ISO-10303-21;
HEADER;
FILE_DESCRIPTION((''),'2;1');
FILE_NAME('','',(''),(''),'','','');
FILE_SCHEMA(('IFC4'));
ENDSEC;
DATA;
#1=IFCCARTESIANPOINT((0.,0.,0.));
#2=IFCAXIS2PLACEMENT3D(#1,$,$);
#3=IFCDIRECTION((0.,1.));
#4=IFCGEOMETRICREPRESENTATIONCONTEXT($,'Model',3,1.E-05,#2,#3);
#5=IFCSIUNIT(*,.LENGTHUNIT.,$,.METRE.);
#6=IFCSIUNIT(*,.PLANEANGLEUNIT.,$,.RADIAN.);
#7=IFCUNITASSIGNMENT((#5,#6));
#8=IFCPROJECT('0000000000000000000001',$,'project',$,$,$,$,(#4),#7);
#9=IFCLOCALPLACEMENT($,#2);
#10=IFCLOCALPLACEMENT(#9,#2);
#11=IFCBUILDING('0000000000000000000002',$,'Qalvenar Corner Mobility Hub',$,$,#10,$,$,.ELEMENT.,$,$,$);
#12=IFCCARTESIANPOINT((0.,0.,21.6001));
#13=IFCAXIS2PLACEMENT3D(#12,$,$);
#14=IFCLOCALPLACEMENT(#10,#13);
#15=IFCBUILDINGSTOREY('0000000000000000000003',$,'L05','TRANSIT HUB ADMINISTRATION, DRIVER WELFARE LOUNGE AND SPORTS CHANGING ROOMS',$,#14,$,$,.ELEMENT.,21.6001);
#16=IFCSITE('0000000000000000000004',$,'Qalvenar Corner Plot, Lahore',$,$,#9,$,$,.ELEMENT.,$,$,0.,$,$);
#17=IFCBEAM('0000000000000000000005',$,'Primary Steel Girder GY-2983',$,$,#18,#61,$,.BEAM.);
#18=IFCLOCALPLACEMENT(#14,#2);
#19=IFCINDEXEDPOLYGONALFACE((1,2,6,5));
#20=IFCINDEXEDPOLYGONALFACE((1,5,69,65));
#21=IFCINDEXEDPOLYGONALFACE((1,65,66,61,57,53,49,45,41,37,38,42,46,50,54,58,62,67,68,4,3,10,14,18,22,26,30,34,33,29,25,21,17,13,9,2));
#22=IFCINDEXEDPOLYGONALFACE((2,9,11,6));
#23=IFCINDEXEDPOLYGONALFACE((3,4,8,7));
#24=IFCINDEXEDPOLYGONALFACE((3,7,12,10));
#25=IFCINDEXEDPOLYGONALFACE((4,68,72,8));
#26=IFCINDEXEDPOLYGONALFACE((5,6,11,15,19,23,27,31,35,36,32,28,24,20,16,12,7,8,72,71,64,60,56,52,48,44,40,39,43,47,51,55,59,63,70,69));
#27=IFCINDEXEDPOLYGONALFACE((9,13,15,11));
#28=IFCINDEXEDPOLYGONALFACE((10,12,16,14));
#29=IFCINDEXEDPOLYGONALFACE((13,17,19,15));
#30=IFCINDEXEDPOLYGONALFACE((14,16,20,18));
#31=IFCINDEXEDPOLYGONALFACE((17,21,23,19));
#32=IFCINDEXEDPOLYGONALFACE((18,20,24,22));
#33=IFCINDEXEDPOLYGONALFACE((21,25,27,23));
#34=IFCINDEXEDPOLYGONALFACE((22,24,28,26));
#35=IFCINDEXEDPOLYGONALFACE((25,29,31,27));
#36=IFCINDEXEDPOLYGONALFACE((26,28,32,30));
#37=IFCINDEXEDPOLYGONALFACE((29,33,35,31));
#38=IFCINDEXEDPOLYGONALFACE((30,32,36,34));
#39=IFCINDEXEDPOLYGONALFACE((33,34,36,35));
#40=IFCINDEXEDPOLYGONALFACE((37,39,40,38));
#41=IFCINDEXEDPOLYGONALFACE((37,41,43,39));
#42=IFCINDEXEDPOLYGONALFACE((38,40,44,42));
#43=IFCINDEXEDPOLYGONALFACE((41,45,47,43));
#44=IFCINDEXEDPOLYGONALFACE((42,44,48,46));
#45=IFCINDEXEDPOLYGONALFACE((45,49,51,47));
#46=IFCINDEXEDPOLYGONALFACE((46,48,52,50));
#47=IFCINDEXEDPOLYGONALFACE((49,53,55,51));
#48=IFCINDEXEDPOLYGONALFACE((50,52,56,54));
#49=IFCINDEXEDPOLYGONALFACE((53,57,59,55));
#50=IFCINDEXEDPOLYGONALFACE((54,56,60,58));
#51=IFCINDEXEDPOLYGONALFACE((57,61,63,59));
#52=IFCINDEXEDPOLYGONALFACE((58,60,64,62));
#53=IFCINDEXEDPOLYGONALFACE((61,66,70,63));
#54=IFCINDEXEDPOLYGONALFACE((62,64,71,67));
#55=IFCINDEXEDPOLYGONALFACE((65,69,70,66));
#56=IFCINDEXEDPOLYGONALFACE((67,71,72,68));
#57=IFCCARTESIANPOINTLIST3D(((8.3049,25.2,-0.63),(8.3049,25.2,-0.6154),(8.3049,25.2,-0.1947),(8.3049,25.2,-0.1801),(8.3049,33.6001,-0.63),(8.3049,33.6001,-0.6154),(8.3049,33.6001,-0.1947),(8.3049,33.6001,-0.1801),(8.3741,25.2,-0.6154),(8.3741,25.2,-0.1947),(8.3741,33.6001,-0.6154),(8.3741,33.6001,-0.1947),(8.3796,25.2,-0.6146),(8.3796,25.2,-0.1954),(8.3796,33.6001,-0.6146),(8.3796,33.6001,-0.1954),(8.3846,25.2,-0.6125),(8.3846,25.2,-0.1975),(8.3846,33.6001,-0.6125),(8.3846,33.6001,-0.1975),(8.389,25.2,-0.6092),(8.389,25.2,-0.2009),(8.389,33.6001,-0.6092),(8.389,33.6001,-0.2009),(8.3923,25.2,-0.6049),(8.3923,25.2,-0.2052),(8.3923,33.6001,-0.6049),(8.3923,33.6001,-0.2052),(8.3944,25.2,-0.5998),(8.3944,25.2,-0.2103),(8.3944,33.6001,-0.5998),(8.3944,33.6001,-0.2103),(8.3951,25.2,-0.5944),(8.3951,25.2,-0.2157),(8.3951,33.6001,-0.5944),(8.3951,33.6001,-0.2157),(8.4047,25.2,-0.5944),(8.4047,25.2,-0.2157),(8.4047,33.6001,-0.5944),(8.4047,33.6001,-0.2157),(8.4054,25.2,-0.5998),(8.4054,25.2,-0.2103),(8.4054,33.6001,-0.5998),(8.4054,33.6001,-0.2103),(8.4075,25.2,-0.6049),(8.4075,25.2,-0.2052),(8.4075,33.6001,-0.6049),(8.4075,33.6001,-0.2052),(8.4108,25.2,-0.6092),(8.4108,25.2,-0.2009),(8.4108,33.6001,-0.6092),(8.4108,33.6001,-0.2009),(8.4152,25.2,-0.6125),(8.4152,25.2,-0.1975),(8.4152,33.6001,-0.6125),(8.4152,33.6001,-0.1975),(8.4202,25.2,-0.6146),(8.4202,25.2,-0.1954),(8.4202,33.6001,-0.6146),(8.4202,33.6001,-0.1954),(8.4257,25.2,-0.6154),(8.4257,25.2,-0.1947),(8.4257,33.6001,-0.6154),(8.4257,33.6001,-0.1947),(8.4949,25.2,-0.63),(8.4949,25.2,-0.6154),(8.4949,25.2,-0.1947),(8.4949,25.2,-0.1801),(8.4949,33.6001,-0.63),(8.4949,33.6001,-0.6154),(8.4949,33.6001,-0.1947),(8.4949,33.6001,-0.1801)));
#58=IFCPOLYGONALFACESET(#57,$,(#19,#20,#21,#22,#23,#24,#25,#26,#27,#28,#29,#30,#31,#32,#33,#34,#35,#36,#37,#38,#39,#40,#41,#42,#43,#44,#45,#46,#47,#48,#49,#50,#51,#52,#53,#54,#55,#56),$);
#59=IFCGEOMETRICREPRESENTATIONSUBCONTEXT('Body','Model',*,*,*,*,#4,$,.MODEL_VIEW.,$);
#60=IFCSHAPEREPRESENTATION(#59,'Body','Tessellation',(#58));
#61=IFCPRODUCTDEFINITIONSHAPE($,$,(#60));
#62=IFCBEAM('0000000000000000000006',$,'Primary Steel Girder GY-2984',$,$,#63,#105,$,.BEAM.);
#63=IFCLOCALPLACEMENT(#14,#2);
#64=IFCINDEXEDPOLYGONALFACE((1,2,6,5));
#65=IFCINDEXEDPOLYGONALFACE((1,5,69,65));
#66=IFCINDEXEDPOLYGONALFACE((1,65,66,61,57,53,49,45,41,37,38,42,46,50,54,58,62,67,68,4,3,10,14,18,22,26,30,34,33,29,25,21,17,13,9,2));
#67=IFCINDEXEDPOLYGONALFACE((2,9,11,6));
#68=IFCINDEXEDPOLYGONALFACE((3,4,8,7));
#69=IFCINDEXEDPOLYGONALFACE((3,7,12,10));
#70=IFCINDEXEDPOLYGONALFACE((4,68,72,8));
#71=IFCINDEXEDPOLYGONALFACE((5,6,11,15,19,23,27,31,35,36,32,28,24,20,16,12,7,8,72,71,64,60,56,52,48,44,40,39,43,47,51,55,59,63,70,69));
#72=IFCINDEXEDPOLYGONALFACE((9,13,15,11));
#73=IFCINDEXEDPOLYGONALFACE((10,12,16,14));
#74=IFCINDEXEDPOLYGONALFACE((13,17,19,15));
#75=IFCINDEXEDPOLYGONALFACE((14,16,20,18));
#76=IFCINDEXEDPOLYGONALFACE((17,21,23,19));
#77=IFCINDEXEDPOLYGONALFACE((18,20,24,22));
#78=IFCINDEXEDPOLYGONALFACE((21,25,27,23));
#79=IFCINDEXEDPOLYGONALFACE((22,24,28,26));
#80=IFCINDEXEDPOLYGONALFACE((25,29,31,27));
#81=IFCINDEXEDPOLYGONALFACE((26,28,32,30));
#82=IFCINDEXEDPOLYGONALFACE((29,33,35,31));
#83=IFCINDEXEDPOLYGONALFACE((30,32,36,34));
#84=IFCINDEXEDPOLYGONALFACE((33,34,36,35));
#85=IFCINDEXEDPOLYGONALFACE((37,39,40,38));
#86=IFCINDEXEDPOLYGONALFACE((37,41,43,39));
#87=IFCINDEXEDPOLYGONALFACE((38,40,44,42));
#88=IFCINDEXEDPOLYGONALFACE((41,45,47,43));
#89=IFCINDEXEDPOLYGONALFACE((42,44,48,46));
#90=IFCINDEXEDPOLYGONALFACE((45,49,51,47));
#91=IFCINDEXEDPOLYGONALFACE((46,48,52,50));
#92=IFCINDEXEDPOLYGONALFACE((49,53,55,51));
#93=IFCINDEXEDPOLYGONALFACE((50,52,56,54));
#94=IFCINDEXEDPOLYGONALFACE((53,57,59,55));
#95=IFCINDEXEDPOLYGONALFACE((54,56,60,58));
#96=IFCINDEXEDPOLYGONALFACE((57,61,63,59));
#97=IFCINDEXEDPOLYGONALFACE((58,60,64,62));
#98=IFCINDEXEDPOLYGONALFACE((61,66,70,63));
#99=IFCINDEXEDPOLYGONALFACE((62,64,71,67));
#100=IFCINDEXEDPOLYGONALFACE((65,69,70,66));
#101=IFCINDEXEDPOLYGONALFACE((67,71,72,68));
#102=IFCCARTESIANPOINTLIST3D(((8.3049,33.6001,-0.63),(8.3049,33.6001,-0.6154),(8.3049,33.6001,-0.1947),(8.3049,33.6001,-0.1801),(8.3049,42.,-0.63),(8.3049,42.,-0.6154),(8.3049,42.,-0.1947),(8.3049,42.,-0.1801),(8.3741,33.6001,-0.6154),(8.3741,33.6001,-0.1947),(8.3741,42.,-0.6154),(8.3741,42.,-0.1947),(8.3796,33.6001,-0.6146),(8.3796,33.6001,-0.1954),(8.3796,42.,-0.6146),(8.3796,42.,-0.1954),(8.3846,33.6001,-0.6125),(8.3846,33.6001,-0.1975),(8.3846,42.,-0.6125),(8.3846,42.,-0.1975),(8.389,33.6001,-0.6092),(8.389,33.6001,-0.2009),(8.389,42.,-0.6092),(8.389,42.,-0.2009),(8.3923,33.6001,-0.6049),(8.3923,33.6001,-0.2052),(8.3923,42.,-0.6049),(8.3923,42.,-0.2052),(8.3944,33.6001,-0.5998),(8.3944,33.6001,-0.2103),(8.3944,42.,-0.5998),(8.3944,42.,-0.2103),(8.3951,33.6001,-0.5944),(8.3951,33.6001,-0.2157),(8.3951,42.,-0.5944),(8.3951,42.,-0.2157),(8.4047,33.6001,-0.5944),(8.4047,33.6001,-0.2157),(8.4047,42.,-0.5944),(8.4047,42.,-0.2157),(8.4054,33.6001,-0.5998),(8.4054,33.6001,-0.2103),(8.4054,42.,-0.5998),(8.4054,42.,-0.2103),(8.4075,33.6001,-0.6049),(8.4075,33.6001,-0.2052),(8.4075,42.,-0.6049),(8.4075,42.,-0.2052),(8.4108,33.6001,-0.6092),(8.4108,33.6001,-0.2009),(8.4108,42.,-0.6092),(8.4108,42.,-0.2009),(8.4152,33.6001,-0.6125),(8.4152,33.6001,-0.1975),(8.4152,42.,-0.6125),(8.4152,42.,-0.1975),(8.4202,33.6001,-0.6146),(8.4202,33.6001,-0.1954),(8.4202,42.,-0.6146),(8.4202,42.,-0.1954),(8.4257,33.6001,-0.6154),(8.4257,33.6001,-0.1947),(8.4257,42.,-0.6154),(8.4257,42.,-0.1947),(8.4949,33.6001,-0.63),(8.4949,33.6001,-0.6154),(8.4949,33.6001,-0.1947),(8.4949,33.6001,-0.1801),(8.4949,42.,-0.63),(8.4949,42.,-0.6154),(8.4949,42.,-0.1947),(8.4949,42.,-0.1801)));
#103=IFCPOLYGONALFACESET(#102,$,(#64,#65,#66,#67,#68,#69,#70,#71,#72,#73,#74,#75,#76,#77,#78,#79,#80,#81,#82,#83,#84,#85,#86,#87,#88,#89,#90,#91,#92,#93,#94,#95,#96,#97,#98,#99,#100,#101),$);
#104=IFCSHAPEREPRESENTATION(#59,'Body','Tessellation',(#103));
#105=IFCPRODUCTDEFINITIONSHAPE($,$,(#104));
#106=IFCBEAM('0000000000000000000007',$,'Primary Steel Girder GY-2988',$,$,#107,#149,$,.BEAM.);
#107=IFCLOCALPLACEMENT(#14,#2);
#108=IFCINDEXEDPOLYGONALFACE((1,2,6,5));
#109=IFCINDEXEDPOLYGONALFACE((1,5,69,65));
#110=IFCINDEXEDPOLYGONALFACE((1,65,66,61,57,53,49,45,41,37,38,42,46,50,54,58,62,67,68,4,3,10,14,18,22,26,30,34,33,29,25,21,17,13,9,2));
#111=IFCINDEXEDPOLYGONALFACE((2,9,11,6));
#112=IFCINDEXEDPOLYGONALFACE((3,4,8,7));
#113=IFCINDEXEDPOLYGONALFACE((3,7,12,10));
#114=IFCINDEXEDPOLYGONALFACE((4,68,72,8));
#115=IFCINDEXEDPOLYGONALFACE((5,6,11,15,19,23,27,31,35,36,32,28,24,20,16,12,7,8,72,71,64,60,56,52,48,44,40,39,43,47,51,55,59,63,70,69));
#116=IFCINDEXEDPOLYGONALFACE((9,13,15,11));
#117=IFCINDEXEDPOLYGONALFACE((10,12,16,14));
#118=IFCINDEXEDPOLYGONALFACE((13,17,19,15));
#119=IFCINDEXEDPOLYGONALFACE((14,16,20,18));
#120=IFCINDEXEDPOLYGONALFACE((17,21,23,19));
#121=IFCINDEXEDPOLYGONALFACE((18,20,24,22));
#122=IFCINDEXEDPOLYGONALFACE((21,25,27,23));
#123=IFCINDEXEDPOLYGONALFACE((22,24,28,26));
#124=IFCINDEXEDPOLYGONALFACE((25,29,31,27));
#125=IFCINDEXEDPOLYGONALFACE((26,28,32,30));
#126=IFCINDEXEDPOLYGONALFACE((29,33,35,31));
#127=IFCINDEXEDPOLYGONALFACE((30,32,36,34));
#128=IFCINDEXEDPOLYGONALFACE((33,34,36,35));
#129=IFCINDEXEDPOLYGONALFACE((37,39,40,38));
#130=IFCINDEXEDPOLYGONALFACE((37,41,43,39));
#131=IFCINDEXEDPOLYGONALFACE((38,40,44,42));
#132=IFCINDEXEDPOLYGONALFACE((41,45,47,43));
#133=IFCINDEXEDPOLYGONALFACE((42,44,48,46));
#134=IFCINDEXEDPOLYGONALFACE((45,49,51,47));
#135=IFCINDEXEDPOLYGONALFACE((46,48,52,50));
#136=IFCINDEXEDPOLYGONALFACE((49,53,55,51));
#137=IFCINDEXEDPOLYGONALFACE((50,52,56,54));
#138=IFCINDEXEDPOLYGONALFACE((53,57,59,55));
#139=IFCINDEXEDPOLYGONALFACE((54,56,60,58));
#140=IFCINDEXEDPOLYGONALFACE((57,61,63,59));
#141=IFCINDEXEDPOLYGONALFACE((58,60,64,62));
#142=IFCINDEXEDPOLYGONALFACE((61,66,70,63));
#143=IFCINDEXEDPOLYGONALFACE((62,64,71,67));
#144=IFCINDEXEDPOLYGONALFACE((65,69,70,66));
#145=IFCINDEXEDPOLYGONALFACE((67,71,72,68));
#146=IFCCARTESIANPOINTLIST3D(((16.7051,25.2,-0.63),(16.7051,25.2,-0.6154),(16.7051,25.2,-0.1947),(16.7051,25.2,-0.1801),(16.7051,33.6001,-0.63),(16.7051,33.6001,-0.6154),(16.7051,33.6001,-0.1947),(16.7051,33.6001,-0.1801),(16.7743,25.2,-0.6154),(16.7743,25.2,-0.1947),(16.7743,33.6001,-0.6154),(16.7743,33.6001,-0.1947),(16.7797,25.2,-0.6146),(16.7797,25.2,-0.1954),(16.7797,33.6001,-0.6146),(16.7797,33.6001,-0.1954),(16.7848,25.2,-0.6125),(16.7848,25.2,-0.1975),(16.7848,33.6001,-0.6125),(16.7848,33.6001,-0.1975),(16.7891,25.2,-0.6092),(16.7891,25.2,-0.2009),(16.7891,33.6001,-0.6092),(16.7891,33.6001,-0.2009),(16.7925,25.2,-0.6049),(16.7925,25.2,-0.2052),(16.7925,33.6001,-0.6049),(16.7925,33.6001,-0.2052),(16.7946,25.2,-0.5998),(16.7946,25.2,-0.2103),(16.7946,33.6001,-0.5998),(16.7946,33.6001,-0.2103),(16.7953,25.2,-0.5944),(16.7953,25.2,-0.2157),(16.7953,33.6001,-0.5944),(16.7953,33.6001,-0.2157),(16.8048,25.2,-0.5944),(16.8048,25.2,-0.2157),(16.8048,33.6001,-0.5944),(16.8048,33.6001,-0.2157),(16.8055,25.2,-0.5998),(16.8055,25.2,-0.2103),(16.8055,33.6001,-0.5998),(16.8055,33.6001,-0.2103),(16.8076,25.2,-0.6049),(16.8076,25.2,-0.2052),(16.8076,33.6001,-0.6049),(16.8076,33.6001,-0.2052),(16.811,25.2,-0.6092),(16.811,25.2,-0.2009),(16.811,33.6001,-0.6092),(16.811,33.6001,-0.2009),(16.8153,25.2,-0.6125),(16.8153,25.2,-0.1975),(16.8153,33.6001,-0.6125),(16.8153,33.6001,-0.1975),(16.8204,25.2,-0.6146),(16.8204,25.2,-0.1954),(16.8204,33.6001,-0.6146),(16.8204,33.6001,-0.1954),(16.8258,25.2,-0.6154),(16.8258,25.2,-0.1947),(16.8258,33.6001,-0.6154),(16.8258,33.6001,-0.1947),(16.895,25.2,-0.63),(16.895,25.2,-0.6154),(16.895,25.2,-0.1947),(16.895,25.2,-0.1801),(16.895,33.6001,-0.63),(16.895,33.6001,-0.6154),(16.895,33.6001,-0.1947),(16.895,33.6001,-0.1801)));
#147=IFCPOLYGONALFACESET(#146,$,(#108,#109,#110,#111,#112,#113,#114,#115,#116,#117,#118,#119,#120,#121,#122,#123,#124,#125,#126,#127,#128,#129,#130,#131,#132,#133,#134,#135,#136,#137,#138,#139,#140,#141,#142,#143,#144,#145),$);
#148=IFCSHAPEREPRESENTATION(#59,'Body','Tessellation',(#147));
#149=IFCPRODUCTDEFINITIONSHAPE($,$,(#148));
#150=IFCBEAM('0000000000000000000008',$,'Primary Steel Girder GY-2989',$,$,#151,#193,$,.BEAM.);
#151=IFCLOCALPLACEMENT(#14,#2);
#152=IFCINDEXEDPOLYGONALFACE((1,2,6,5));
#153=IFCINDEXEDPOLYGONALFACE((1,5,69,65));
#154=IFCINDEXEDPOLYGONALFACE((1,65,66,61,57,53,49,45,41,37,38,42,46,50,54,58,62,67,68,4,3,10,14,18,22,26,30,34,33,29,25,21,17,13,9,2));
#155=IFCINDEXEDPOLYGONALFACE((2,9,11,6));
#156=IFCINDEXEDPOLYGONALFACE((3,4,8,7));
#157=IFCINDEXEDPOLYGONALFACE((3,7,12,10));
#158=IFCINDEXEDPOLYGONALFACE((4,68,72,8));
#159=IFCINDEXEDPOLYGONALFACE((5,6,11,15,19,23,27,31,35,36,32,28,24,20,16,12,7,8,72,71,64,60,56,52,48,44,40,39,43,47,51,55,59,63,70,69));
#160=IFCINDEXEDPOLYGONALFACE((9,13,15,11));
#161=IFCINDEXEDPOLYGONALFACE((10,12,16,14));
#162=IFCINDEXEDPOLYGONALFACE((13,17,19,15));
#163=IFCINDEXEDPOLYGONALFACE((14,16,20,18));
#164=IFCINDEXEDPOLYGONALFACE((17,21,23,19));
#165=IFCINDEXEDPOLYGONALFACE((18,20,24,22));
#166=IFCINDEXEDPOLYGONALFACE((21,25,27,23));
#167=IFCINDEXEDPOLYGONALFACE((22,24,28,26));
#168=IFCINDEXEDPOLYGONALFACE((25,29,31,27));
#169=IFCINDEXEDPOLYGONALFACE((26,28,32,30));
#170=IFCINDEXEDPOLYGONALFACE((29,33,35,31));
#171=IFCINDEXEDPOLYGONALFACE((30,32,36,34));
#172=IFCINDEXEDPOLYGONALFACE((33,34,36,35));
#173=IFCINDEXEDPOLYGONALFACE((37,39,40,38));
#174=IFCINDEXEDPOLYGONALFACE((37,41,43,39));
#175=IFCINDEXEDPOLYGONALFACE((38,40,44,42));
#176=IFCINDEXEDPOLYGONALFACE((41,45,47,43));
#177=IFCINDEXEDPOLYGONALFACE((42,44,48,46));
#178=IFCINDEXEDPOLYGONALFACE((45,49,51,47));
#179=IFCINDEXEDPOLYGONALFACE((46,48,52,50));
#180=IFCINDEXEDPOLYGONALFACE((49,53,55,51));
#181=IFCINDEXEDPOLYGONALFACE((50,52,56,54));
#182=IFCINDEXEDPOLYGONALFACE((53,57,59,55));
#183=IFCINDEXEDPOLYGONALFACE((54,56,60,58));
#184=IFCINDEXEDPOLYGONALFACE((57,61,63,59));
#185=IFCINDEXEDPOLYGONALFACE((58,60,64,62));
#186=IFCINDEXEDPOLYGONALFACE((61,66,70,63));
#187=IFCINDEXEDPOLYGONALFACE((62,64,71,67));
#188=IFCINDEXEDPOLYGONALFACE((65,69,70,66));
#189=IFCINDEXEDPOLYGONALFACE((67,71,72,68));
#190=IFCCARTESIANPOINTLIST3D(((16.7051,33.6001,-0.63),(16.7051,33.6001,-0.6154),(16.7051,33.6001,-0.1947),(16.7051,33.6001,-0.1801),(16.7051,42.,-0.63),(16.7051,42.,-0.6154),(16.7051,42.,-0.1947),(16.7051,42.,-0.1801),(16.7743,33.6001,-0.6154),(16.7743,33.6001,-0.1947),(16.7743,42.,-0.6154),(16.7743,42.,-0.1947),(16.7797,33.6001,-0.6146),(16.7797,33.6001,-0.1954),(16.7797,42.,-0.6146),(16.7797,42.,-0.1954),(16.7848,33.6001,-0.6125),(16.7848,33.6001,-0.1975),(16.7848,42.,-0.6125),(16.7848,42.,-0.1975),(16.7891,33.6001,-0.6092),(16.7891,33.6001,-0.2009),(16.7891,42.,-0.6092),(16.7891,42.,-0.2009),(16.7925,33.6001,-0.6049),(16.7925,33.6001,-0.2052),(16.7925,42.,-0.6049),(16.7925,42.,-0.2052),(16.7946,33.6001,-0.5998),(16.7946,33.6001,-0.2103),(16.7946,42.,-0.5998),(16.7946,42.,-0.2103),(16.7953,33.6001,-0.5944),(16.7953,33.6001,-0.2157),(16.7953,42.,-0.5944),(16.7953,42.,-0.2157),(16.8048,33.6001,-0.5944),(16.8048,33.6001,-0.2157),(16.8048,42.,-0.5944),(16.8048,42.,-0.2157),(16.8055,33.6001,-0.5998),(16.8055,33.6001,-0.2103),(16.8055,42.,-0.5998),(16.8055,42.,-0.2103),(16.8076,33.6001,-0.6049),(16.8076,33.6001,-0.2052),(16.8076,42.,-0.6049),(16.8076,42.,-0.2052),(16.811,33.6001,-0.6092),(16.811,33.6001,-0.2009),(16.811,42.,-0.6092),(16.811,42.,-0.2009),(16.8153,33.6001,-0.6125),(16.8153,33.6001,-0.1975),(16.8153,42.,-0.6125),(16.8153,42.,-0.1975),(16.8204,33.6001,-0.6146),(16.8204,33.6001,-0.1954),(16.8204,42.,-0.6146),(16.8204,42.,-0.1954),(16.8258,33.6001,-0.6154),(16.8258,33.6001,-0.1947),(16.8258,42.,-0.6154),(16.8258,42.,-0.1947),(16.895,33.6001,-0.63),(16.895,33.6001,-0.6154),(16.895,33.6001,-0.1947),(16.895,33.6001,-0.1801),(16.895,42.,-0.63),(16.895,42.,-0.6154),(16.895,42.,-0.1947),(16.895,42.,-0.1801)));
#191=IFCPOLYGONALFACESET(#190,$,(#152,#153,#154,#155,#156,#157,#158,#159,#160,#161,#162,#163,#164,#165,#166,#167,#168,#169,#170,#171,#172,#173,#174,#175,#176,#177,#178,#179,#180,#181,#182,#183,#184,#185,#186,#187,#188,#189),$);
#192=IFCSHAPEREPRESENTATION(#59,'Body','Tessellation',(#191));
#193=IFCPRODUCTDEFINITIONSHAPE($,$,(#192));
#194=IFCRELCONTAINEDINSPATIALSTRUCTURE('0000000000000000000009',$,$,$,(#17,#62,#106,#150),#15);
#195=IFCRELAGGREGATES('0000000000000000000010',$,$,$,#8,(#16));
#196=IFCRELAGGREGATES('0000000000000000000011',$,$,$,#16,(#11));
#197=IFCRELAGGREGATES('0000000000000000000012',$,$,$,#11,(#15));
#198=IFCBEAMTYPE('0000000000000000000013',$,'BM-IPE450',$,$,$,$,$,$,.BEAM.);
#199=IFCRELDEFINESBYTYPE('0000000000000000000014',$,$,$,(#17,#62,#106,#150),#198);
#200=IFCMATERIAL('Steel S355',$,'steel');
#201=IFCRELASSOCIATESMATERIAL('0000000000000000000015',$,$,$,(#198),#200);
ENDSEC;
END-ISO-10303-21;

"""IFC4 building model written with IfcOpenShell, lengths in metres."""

from ifc_helpers import new_model, si_unit, direction, frame, origin, origin_2d, place, context, subcontext, project, spatial, i_section, extrude, material, material_profile, profile_set, type_object, element, save


model = new_model("IFC4")

# Units and contexts
model_context = context("Model", 3, precision=1e-05, world=origin(), true_north=direction((0.0, 1.0)))
body_context = subcontext(model_context, "Body", "Model", "MODEL_VIEW")
ifc_project = project(units=[si_unit("LENGTHUNIT", "METRE"), si_unit("PLANEANGLEUNIT", "RADIAN")], contexts=[model_context])

# Site, building, storey
site_placement = place(None, origin())
site = spatial("IfcSite", under=ifc_project, at=site_placement, Name="Qalvenar Corner Plot, Lahore", CompositionType="ELEMENT", RefElevation=0.0)
building_placement = place(site_placement, origin())
building = spatial("IfcBuilding", under=site, at=building_placement, Name="Qalvenar Corner Mobility Hub", CompositionType="ELEMENT")
storey_placement = place(building_placement, frame((0.0, 0.0, 21.6001)))
storey = spatial("IfcBuildingStorey", under=building, at=storey_placement, Name="L05", Description="TRANSIT HUB ADMINISTRATION, DRIVER WELFARE LOUNGE AND SPORTS CHANGING ROOMS", CompositionType="ELEMENT", Elevation=21.6001)

# Shared definitions
ifc_material_1 = material(Name="Steel S355", Category="steel")

# Beams
ifc_material_profile_1 = material_profile(ifc_material_1, i_section(OverallWidth=0.1899, OverallDepth=0.45, WebThickness=0.0095, FlangeThickness=0.0146, FilletRadius=0.021, at=origin_2d()), Name="IPE450")
ifc_profile_set_1 = profile_set([ifc_material_profile_1], Name="Steel S355")
beam_type_1 = type_object("IfcBeamType", Name="BM-IPE450", PredefinedType="BEAM", material=ifc_profile_set_1)
beam_1_placement = place(storey_placement, frame((8.3999, 25.2, -0.405), z_axis=(0.0, 1.0, 0.0), x_axis=(-1.0, 0.0, 0.0)))
element("IfcBeam", 1, at=beam_1_placement, inside=storey, type_object=beam_type_1, Name="Primary Steel Girder GY-2983", PredefinedType="BEAM", context=body_context, shape_type="SweptSolid", body=[
    extrude(i_section(OverallWidth=0.1899, OverallDepth=0.45, WebThickness=0.0095, FlangeThickness=0.0146, FilletRadius=0.021, at=origin_2d()), origin(), (0.0, 0.0, 1.0), 8.4001),
])
beam_2_placement = place(storey_placement, frame((8.3999, 33.6001, -0.405), z_axis=(0.0, 1.0, 0.0), x_axis=(-1.0, 0.0, 0.0)))
element("IfcBeam", 2, at=beam_2_placement, inside=storey, type_object=beam_type_1, Name="Primary Steel Girder GY-2984", PredefinedType="BEAM", context=body_context, shape_type="SweptSolid", body=[
    extrude(i_section(OverallWidth=0.1899, OverallDepth=0.45, WebThickness=0.0095, FlangeThickness=0.0146, FilletRadius=0.021, at=origin_2d()), origin(), (0.0, 0.0, 1.0), 8.3999),
])
beam_3_placement = place(storey_placement, frame((16.8, 25.2, -0.405), z_axis=(0.0, 1.0, 0.0), x_axis=(-1.0, 0.0, 0.0)))
element("IfcBeam", 3, at=beam_3_placement, inside=storey, type_object=beam_type_1, Name="Primary Steel Girder GY-2988", PredefinedType="BEAM", context=body_context, shape_type="SweptSolid", body=[
    extrude(i_section(OverallWidth=0.1899, OverallDepth=0.45, WebThickness=0.0095, FlangeThickness=0.0146, FilletRadius=0.021, at=origin_2d()), origin(), (0.0, 0.0, 1.0), 8.4001),
])
beam_4_placement = place(storey_placement, frame((16.8, 33.6001, -0.405), z_axis=(0.0, 1.0, 0.0), x_axis=(-1.0, 0.0, 0.0)))
element("IfcBeam", 4, at=beam_4_placement, inside=storey, type_object=beam_type_1, Name="Primary Steel Girder GY-2989", PredefinedType="BEAM", context=body_context, shape_type="SweptSolid", body=[
    extrude(i_section(OverallWidth=0.1899, OverallDepth=0.45, WebThickness=0.0095, FlangeThickness=0.0146, FilletRadius=0.021, at=origin_2d()), origin(), (0.0, 0.0, 1.0), 8.3999),
])

save(model, "model.ifc")
